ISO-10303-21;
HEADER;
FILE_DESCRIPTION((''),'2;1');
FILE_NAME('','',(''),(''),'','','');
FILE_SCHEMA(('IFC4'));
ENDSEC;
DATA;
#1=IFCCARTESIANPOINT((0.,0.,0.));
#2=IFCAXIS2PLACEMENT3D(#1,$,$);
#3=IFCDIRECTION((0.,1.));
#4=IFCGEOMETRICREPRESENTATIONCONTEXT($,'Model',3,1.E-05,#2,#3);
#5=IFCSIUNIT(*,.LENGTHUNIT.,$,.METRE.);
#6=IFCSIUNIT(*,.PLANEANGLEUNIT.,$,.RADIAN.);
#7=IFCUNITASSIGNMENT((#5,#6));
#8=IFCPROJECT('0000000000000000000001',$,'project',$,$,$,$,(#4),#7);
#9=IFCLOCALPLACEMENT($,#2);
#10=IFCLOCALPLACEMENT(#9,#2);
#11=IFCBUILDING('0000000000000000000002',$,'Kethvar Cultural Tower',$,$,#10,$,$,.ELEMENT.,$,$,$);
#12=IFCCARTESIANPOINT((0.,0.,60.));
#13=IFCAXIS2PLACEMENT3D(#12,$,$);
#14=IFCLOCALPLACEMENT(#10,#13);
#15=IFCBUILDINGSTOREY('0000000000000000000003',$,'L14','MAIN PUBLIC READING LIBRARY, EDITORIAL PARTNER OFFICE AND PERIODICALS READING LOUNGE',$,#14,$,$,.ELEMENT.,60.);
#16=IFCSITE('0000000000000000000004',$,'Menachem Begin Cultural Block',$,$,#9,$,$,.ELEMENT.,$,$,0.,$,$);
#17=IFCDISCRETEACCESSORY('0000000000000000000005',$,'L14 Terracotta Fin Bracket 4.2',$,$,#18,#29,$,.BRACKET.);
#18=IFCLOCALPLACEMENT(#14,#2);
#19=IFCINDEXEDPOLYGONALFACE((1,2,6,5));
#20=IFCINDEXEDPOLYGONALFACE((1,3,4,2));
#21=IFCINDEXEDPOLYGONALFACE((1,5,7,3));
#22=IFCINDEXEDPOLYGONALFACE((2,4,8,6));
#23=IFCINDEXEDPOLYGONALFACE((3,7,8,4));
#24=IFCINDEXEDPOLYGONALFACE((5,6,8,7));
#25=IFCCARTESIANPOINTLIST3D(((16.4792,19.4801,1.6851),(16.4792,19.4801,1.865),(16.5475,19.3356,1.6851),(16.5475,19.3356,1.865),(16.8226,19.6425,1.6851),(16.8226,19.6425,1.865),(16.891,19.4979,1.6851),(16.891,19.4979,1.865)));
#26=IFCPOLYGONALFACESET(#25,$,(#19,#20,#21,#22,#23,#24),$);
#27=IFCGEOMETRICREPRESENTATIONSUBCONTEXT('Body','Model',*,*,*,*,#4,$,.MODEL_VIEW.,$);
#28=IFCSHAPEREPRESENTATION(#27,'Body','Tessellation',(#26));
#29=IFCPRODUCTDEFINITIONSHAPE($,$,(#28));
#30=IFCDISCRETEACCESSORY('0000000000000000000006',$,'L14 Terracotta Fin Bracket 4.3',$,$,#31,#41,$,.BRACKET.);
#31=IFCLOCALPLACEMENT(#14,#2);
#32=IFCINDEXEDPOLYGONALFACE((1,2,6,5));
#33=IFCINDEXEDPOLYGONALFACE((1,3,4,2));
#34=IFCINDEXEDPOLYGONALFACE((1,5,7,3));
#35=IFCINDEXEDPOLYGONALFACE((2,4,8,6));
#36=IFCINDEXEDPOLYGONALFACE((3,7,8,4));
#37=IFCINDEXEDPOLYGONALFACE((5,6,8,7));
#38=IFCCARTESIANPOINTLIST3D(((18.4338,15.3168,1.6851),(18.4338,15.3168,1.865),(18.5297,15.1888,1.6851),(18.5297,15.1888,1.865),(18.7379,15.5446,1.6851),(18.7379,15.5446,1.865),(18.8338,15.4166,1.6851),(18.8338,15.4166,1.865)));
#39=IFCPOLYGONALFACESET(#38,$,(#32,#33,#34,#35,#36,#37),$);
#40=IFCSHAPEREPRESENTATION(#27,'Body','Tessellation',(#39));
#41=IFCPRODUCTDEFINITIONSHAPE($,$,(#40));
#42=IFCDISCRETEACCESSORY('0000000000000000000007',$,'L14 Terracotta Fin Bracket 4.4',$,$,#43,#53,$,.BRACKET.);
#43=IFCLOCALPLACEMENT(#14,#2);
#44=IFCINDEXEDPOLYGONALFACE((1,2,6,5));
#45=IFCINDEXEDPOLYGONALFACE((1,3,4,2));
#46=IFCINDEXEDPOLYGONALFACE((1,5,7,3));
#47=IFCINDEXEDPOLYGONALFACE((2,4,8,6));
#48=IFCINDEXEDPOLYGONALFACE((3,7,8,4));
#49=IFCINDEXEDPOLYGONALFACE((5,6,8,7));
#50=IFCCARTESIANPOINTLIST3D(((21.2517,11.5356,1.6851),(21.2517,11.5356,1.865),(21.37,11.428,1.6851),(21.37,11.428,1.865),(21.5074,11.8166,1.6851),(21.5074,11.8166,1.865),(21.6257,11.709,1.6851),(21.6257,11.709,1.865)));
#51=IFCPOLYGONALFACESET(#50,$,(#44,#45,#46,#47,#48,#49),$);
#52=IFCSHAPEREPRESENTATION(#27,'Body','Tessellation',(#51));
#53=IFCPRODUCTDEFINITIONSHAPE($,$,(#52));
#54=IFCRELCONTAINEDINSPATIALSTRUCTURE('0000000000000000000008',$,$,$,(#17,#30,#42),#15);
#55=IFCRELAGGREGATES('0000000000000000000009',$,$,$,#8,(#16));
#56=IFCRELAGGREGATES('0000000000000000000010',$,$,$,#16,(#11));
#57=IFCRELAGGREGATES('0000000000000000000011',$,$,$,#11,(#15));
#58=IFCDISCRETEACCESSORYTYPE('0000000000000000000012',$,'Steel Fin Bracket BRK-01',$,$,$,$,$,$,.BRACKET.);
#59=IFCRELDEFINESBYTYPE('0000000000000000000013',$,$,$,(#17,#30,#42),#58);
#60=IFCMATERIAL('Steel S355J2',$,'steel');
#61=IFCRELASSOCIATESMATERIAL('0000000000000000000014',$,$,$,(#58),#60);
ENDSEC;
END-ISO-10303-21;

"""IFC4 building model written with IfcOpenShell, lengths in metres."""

from ifc_helpers import new_model, si_unit, direction, frame, origin, origin_2d, place, context, subcontext, project, spatial, rectangle, extrude, source, transform, mapped, material, type_object, element, save


model = new_model("IFC4")

# Units and contexts
model_context = context("Model", 3, precision=1e-05, world=origin(), true_north=direction((0.0, 1.0)))
body_context = subcontext(model_context, "Body", "Model", "MODEL_VIEW")
ifc_project = project(units=[si_unit("LENGTHUNIT", "METRE"), si_unit("PLANEANGLEUNIT", "RADIAN")], contexts=[model_context])

# Site, building, storey
site_placement = place(None, origin())
site = spatial("IfcSite", under=ifc_project, at=site_placement, Name="Menachem Begin Cultural Block", CompositionType="ELEMENT", RefElevation=0.0)
building_placement = place(site_placement, origin())
building = spatial("IfcBuilding", under=site, at=building_placement, Name="Kethvar Cultural Tower", CompositionType="ELEMENT")
storey_placement = place(building_placement, frame((0.0, 0.0, 60.0)))
storey = spatial("IfcBuildingStorey", under=building, at=storey_placement, Name="L14", Description="MAIN PUBLIC READING LIBRARY, EDITORIAL PARTNER OFFICE AND PERIODICALS READING LOUNGE", CompositionType="ELEMENT", Elevation=60.0)

# Shared definitions
ifc_material_1 = material(Name="Steel S355J2", Category="steel")

# Discrete accessories
discrete_accessory_type = type_object("IfcDiscreteAccessoryType", Name="Steel Fin Bracket BRK-01", PredefinedType="BRACKET", material=ifc_material_1)
shared_shape_1 = source(origin(), body_context, "Body", "SweptSolid", [
    extrude(rectangle(XDim=0.3799, YDim=0.1599, at=origin_2d()), origin(), (0.0, 0.0, 1.0), 0.1799),
])
for number, where, z_axis, x_axis, name in (
    (1, (16.6851, 19.489, 1.6851), (0.0, 0.0, 1.0), (-0.904083, -0.427358, 0.0), "L14 Terracotta Fin Bracket 4.2"),
    (2, (18.6338, 15.3667, 1.6851), (0.0, 0.0, 1.0), (-0.800418, -0.599443, 0.0), "L14 Terracotta Fin Bracket 4.3"),
    (3, (21.4387, 11.6223, 1.6851), (0.0, 0.0, 1.0), (-0.673013, -0.739631, 0.0), "L14 Terracotta Fin Bracket 4.4"),
):
    element("IfcDiscreteAccessory", number, at=place(storey_placement, frame(where, z_axis=z_axis, x_axis=x_axis)), inside=storey, type_object=discrete_accessory_type, Name=name, PredefinedType="BRACKET", context=body_context, shape_type="MappedRepresentation", body=[
        mapped(shared_shape_1, transform((0.0, 0.0, 0.0), scale=1.0)),
    ])

save(model, "model.ifc")
